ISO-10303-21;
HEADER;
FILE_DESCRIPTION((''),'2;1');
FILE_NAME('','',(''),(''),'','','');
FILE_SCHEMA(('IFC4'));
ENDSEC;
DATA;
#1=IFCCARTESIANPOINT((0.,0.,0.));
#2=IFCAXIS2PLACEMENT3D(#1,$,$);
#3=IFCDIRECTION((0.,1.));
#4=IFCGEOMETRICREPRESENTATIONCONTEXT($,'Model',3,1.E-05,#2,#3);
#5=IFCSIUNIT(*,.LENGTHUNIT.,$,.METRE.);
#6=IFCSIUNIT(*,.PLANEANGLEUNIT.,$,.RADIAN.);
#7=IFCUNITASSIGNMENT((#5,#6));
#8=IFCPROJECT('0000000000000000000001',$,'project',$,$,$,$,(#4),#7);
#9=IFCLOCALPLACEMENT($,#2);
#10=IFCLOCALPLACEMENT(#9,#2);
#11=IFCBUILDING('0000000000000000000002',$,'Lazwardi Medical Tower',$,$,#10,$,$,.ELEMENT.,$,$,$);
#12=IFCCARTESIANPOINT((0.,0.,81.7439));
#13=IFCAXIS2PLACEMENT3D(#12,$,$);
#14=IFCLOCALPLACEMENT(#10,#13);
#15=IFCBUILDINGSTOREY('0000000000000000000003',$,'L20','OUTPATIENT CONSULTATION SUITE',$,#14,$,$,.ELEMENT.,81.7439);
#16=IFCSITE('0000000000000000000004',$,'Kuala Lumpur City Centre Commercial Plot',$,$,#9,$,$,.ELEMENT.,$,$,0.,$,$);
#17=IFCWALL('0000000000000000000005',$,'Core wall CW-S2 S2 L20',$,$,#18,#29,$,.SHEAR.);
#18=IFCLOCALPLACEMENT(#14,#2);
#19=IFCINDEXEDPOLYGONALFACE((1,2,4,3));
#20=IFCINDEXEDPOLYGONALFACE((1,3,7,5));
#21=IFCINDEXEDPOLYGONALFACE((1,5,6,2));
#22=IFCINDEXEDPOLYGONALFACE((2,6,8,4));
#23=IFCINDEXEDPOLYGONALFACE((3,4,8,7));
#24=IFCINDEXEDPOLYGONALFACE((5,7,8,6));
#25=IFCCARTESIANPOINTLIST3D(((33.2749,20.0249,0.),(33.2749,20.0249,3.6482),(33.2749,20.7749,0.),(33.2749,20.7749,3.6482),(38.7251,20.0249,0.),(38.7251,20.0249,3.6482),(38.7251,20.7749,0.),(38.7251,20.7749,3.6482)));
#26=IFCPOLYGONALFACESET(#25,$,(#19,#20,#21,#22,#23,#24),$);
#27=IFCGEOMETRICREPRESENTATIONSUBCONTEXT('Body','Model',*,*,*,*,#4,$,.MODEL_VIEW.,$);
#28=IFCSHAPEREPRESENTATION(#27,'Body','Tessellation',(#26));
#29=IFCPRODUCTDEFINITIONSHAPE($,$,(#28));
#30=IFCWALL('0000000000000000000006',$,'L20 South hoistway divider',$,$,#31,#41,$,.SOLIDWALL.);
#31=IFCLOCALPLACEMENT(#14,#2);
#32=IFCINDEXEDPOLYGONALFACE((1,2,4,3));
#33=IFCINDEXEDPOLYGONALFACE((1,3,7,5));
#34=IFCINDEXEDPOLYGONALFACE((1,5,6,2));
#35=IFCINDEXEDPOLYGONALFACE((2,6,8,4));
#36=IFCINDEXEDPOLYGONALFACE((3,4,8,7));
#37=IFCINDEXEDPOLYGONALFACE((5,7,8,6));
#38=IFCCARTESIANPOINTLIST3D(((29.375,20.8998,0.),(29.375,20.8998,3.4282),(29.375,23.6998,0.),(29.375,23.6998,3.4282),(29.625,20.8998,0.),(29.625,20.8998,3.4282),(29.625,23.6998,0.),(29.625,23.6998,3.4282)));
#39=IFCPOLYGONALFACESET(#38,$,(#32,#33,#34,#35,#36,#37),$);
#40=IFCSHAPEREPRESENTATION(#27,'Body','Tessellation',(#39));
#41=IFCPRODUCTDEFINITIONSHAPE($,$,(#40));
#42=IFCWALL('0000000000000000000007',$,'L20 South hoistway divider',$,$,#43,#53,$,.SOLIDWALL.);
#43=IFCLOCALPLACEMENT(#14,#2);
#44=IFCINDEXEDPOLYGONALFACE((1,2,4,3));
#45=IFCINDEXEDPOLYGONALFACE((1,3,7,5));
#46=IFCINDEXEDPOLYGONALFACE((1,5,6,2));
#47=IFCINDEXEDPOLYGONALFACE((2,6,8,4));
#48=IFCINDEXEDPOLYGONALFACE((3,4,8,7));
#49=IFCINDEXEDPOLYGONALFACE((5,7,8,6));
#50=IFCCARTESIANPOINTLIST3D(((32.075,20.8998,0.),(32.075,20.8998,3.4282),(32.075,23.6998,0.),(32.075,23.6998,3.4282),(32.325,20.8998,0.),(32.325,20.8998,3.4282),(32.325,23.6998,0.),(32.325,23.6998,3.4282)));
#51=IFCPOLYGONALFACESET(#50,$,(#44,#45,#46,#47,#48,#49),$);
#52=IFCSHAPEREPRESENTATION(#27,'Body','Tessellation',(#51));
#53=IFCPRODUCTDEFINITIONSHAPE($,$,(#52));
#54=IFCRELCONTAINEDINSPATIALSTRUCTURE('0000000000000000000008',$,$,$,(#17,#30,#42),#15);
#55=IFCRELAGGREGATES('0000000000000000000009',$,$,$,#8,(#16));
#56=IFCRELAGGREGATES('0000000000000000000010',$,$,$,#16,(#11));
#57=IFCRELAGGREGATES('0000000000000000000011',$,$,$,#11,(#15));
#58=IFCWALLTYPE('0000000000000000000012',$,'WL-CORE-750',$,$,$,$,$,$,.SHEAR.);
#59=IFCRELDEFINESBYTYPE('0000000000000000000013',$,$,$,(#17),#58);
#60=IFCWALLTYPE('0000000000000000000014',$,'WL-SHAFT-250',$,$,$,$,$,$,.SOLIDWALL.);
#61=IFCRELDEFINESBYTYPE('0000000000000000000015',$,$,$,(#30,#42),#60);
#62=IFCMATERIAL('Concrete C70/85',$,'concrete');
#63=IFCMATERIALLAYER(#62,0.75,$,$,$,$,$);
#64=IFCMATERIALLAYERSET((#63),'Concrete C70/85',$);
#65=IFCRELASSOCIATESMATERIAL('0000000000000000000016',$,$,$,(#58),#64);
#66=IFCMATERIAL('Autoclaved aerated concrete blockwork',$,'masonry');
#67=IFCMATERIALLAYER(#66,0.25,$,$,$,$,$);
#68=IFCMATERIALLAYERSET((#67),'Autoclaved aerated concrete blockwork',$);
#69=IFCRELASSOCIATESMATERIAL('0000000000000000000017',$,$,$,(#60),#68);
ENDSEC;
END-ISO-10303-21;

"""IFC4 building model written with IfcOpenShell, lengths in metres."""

from ifc_helpers import new_model, si_unit, direction, frame, frame_2d, origin, place, context, subcontext, project, spatial, rectangle, extrude, material, layer, layer_set, type_object, element, save


model = new_model("IFC4")

# Units and contexts
model_context = context("Model", 3, precision=1e-05, world=origin(), true_north=direction((0.0, 1.0)))
body_context = subcontext(model_context, "Body", "Model", "MODEL_VIEW")
ifc_project = project(units=[si_unit("LENGTHUNIT", "METRE"), si_unit("PLANEANGLEUNIT", "RADIAN")], contexts=[model_context])

# Site, building, storey
site_placement = place(None, origin())
site = spatial("IfcSite", under=ifc_project, at=site_placement, Name="Kuala Lumpur City Centre Commercial Plot", CompositionType="ELEMENT", RefElevation=0.0)
building_placement = place(site_placement, origin())
building = spatial("IfcBuilding", under=site, at=building_placement, Name="Lazwardi Medical Tower", CompositionType="ELEMENT")
storey_placement = place(building_placement, frame((0.0, 0.0, 81.7439)))
storey = spatial("IfcBuildingStorey", under=building, at=storey_placement, Name="L20", Description="OUTPATIENT CONSULTATION SUITE", CompositionType="ELEMENT", Elevation=81.7439)

# Shared definitions
ifc_material_1 = material(Name="Concrete C70/85", Category="concrete")

# Shared definitions
ifc_layer_1 = layer(ifc_material_1, 0.75)
ifc_layer_set_1 = layer_set([ifc_layer_1], Name="Concrete C70/85")
wall_type_1 = type_object("IfcWallType", Name="WL-CORE-750", PredefinedType="SHEAR", material=ifc_layer_set_1)

# Walls
wall_1_placement = place(storey_placement, frame((33.2749, 20.3999, 0.0), z_axis=(0.0, 0.0, 1.0), x_axis=(1.0, 0.0, 0.0)))
element("IfcWall", 1, at=wall_1_placement, inside=storey, type_object=wall_type_1, Name="Core wall CW-S2 S2 L20", PredefinedType="SHEAR", context=body_context, shape_type="SweptSolid", body=[
    extrude(rectangle(XDim=5.4502, YDim=0.75, at=frame_2d((2.7251, 0.0))), origin(), (0.0, 0.0, 1.0), 3.6482),
])
ifc_material_2 = material(Name="Autoclaved aerated concrete blockwork", Category="masonry")
ifc_layer_2 = layer(ifc_material_2, 0.25)
ifc_layer_set_2 = layer_set([ifc_layer_2], Name="Autoclaved aerated concrete blockwork")
wall_type_2 = type_object("IfcWallType", Name="WL-SHAFT-250", PredefinedType="SOLIDWALL", material=ifc_layer_set_2)
for number, where, z_axis, x_axis, name in (
    (2, (29.5, 20.8999, 0.0), (0.0, 0.0, 1.0), (0.0, 1.0, 0.0), "L20 South hoistway divider"),
    (3, (32.2, 20.8999, 0.0), (0.0, 0.0, 1.0), (0.0, 1.0, 0.0), "L20 South hoistway divider"),
):
    element("IfcWall", number, at=place(storey_placement, frame(where, z_axis=z_axis, x_axis=x_axis)), inside=storey, type_object=wall_type_2, Name=name, PredefinedType="SOLIDWALL", context=body_context, shape_type="SweptSolid", body=[
        extrude(rectangle(XDim=2.8, YDim=0.25, at=frame_2d((1.3999, 0.0))), origin(), (0.0, 0.0, 1.0), 3.4282),
    ])

save(model, "model.ifc")
